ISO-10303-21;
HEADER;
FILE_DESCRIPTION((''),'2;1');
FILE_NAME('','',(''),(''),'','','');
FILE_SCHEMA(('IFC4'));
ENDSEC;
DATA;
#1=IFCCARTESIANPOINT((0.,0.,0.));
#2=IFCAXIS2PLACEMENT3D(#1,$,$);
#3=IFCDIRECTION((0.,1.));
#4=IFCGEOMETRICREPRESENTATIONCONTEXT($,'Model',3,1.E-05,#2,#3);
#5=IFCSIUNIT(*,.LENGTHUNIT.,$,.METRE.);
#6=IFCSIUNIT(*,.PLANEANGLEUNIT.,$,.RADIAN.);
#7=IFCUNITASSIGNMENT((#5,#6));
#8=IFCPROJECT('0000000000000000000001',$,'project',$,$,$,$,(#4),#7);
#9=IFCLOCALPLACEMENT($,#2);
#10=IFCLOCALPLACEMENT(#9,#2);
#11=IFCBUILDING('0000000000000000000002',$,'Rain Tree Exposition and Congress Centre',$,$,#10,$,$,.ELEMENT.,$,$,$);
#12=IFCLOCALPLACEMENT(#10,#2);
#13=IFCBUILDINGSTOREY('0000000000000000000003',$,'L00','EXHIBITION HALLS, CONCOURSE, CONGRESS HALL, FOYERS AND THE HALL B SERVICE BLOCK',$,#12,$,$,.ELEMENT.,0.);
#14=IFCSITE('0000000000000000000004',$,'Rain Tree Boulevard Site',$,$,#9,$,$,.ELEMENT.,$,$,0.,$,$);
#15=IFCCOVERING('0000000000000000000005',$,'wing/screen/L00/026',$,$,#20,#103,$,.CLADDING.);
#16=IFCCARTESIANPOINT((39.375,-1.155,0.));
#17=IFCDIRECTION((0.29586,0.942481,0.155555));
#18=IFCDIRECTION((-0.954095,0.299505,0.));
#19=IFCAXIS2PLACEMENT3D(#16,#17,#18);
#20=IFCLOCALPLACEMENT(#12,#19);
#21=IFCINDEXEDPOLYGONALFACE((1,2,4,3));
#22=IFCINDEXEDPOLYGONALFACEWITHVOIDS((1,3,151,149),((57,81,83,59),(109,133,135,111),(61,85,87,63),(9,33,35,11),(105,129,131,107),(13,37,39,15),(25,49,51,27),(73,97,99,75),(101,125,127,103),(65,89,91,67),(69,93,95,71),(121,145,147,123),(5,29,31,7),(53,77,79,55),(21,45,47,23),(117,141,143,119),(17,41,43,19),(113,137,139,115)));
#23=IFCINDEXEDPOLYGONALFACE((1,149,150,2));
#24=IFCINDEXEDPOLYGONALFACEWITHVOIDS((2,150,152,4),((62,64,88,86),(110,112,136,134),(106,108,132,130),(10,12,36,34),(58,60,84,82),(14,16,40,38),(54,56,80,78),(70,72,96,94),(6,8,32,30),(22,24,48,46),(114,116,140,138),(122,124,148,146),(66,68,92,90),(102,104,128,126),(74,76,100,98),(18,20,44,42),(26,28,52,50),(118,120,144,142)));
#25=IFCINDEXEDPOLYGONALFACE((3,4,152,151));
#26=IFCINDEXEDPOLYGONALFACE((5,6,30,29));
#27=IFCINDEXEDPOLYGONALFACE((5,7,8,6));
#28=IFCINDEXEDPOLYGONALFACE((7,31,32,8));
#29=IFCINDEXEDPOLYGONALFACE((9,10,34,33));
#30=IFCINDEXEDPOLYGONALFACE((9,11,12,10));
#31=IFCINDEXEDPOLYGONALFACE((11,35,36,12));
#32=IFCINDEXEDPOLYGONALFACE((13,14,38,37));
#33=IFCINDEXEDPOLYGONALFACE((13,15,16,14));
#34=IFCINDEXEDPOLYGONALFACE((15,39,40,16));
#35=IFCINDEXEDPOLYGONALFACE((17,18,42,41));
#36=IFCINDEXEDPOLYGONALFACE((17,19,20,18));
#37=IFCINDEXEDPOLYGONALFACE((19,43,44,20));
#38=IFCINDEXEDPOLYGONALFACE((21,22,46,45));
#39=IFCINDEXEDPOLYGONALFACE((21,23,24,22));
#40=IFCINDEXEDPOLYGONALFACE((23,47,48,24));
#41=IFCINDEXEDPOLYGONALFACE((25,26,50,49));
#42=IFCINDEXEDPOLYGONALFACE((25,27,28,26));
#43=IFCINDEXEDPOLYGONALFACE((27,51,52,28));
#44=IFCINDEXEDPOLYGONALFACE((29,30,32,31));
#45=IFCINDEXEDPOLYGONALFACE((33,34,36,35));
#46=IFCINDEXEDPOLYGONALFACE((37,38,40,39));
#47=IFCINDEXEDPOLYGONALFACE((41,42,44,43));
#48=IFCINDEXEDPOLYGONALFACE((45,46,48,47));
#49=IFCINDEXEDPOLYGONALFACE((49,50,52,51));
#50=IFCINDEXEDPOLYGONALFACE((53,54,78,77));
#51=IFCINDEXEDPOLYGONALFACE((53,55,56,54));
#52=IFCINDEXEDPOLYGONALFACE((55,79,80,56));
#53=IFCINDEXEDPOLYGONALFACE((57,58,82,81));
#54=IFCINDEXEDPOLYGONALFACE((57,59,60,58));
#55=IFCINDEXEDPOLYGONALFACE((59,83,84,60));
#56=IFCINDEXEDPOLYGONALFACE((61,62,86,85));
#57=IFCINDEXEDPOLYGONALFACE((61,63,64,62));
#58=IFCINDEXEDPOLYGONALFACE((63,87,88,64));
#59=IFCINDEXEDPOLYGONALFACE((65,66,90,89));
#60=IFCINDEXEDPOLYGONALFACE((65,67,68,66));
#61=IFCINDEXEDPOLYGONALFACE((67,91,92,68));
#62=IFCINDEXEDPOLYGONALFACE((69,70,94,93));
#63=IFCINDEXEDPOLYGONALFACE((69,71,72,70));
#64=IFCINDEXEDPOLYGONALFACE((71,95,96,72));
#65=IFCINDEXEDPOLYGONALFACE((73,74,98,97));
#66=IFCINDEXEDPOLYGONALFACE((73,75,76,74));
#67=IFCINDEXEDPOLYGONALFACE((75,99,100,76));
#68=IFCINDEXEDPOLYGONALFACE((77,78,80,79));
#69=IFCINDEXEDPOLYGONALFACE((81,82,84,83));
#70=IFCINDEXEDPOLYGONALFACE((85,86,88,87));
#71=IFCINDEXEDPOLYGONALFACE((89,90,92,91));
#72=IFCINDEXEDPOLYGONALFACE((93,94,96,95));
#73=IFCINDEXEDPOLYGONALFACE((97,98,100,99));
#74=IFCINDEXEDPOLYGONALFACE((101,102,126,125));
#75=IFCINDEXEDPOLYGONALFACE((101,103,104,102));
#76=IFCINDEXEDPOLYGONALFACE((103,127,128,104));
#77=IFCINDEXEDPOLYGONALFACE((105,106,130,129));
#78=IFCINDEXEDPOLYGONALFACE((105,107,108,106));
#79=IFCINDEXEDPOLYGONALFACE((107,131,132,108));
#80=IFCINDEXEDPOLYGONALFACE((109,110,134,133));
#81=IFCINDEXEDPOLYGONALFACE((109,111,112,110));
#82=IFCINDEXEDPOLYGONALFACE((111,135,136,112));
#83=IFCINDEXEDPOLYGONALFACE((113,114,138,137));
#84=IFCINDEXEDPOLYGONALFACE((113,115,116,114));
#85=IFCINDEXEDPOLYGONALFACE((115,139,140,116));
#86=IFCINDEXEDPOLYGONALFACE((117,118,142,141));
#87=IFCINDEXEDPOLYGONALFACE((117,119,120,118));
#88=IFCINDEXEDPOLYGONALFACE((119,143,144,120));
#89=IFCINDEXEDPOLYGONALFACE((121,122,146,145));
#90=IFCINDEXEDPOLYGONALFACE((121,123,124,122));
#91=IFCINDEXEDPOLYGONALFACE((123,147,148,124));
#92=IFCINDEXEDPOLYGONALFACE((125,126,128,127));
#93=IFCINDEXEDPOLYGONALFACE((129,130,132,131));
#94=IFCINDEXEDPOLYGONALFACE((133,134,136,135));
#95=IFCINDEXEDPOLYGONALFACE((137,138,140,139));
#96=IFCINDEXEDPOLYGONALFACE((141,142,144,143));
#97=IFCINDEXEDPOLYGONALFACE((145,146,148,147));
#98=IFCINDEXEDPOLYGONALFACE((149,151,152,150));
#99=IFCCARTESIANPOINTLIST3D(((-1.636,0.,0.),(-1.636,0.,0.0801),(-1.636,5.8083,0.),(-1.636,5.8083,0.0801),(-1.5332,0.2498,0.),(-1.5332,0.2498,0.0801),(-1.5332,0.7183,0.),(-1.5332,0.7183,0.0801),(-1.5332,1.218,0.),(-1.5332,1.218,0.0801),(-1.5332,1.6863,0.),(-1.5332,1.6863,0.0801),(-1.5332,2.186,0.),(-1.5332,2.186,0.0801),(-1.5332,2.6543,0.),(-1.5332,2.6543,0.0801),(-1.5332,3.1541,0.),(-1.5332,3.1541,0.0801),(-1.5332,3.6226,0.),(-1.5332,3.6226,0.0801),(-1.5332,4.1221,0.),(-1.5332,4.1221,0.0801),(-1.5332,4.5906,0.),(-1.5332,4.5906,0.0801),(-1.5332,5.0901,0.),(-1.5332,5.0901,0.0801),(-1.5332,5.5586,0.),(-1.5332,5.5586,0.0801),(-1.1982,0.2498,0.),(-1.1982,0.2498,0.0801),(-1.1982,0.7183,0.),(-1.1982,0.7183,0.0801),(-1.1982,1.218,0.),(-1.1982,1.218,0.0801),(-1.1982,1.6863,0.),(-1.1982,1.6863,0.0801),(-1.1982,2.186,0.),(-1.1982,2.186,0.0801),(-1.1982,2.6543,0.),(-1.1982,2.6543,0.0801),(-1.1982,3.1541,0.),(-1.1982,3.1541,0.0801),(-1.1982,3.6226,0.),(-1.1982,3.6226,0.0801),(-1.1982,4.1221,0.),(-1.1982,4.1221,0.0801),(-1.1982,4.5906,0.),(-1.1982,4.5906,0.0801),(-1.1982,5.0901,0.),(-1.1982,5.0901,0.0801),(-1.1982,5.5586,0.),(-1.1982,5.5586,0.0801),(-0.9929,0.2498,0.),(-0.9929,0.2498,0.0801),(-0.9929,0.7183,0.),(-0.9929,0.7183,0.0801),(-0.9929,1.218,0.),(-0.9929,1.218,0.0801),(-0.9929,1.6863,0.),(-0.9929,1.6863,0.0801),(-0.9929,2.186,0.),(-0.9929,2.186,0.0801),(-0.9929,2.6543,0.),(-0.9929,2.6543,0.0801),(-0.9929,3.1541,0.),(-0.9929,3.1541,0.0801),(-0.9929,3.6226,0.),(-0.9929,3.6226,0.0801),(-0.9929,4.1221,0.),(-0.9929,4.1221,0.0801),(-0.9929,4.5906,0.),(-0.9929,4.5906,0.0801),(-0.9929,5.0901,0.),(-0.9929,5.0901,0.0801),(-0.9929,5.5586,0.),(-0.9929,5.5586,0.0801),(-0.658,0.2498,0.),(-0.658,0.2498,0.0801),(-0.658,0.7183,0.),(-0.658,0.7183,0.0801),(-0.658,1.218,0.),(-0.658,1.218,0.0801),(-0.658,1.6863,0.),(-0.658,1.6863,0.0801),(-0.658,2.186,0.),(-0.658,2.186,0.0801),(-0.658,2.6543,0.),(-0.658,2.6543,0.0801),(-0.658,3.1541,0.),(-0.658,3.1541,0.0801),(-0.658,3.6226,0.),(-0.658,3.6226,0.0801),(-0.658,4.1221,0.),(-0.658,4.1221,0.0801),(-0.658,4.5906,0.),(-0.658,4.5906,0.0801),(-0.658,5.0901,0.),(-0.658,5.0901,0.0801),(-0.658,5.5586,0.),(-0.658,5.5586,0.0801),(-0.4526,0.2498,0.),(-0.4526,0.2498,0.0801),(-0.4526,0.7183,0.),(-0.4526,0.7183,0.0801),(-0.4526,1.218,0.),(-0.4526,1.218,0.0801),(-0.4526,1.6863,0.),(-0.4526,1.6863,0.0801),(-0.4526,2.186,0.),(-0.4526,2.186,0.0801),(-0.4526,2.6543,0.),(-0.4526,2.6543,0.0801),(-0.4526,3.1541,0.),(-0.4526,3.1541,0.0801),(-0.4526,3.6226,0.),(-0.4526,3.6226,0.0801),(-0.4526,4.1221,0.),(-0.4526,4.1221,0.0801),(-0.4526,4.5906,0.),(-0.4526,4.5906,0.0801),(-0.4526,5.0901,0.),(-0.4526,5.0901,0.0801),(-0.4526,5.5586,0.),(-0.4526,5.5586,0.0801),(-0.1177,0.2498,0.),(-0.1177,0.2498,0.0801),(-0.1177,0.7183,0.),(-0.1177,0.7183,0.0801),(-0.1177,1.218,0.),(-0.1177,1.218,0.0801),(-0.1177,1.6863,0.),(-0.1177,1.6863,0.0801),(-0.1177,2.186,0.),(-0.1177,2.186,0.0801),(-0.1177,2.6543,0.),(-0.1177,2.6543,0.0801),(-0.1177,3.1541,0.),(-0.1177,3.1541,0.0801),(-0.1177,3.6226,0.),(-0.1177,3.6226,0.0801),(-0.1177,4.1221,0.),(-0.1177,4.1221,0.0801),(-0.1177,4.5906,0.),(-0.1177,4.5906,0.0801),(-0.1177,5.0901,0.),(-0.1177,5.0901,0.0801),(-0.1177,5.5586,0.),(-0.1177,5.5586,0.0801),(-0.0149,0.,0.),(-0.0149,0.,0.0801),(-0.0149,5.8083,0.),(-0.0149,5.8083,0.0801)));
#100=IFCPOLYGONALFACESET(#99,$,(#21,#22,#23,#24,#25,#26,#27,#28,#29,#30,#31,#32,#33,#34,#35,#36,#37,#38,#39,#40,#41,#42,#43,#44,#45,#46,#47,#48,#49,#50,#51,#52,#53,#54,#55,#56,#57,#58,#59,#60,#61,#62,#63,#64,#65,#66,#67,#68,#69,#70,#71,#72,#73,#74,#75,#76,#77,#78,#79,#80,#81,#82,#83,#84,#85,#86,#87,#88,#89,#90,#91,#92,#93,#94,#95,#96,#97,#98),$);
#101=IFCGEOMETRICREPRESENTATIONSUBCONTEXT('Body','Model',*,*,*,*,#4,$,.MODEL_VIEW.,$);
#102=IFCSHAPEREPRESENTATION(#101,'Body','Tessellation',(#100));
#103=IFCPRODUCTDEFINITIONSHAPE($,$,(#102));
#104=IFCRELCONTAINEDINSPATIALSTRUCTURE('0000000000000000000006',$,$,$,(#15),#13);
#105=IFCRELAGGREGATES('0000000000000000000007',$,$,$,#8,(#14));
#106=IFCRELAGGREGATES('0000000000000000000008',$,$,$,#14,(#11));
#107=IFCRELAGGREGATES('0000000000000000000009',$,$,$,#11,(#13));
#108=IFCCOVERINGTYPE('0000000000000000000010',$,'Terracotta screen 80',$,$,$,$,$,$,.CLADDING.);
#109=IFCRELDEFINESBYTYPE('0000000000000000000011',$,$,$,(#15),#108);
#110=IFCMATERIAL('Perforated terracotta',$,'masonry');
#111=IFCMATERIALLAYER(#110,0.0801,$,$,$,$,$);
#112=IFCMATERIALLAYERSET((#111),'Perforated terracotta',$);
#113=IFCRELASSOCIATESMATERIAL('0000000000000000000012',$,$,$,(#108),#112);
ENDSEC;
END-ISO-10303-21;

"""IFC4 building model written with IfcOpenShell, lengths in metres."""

from ifc_helpers import new_model, si_unit, direction, frame, origin, place, context, subcontext, project, spatial, polyline, outline, extrude, material, layer, layer_set, type_object, element, save


model = new_model("IFC4")

# Units and contexts
model_context = context("Model", 3, precision=1e-05, world=origin(), true_north=direction((0.0, 1.0)))
body_context = subcontext(model_context, "Body", "Model", "MODEL_VIEW")
ifc_project = project(units=[si_unit("LENGTHUNIT", "METRE"), si_unit("PLANEANGLEUNIT", "RADIAN")], contexts=[model_context])

# Site, building, storey
site_placement = place(None, origin())
site = spatial("IfcSite", under=ifc_project, at=site_placement, Name="Rain Tree Boulevard Site", CompositionType="ELEMENT", RefElevation=0.0)
building_placement = place(site_placement, origin())
building = spatial("IfcBuilding", under=site, at=building_placement, Name="Rain Tree Exposition and Congress Centre", CompositionType="ELEMENT")
storey_placement = place(building_placement, origin())
storey = spatial("IfcBuildingStorey", under=building, at=storey_placement, Name="L00", Description="EXHIBITION HALLS, CONCOURSE, CONGRESS HALL, FOYERS AND THE HALL B SERVICE BLOCK", CompositionType="ELEMENT", Elevation=0.0)

# Covering
ifc_material_1 = material(Name="Perforated terracotta", Category="masonry")
ifc_layer_1 = layer(ifc_material_1, 0.0801)
ifc_layer_set_1 = layer_set([ifc_layer_1], Name="Perforated terracotta")
covering_type = type_object("IfcCoveringType", Name="Terracotta screen 80", PredefinedType="CLADDING", material=ifc_layer_set_1)
covering_1_placement = place(storey_placement, frame((39.375, -1.155, 0.0), z_axis=(0.29586, 0.942481, 0.155555), x_axis=(-0.954095, 0.299505, 0.0)))
element("IfcCovering", 1, at=covering_1_placement, inside=storey, type_object=covering_type, Name="wing/screen/L00/026", PredefinedType="CLADDING", context=body_context, shape_type="SweptSolid", body=[
    extrude(outline(polyline([(-1.636, 0.0), (-1.636, 5.8083), (-0.0149, 5.8083), (-0.0149, 0.0), (-1.636, 0.0)]), holes=[polyline([(-0.1177, 0.2498), (-0.1177, 0.7183), (-0.4526, 0.7183), (-0.4526, 0.2498), (-0.1177, 0.2498)]), polyline([(-0.1177, 1.218), (-0.1177, 1.6863), (-0.4526, 1.6863), (-0.4526, 1.218), (-0.1177, 1.218)]), polyline([(-0.1177, 2.186), (-0.1177, 2.6543), (-0.4526, 2.6543), (-0.4526, 2.186), (-0.1177, 2.186)]), polyline([(-0.1177, 3.1541), (-0.1177, 3.6226), (-0.4526, 3.6226), (-0.4526, 3.1541), (-0.1177, 3.1541)]), polyline([(-0.1177, 4.1221), (-0.1177, 4.5906), (-0.4526, 4.5906), (-0.4526, 4.1221), (-0.1177, 4.1221)]), polyline([(-0.1177, 5.0901), (-0.1177, 5.5586), (-0.4526, 5.5586), (-0.4526, 5.0901), (-0.1177, 5.0901)]), polyline([(-0.658, 0.2498), (-0.658, 0.7183), (-0.9929, 0.7183), (-0.9929, 0.2498), (-0.658, 0.2498)]), polyline([(-0.658, 1.218), (-0.658, 1.6863), (-0.9929, 1.6863), (-0.9929, 1.218), (-0.658, 1.218)]), polyline([(-0.658, 2.186), (-0.658, 2.6543), (-0.9929, 2.6543), (-0.9929, 2.186), (-0.658, 2.186)]), polyline([(-0.658, 3.1541), (-0.658, 3.6226), (-0.9929, 3.6226), (-0.9929, 3.1541), (-0.658, 3.1541)]), polyline([(-0.658, 4.1221), (-0.658, 4.5906), (-0.9929, 4.5906), (-0.9929, 4.1221), (-0.658, 4.1221)]), polyline([(-0.658, 5.0901), (-0.658, 5.5586), (-0.9929, 5.5586), (-0.9929, 5.0901), (-0.658, 5.0901)]), polyline([(-1.1982, 0.2498), (-1.1982, 0.7183), (-1.5332, 0.7183), (-1.5332, 0.2498), (-1.1982, 0.2498)]), polyline([(-1.1982, 1.218), (-1.1982, 1.6863), (-1.5332, 1.6863), (-1.5332, 1.218), (-1.1982, 1.218)]), polyline([(-1.1982, 2.186), (-1.1982, 2.6543), (-1.5332, 2.6543), (-1.5332, 2.186), (-1.1982, 2.186)]), polyline([(-1.1982, 3.1541), (-1.1982, 3.6226), (-1.5332, 3.6226), (-1.5332, 3.1541), (-1.1982, 3.1541)]), polyline([(-1.1982, 4.1221), (-1.1982, 4.5906), (-1.5332, 4.5906), (-1.5332, 4.1221), (-1.1982, 4.1221)]), polyline([(-1.1982, 5.0901), (-1.1982, 5.5586), (-1.5332, 5.5586), (-1.5332, 5.0901), (-1.1982, 5.0901)])]), origin(), (0.0, 0.0, 1.0), 0.0801),
])

save(model, "model.ifc")
